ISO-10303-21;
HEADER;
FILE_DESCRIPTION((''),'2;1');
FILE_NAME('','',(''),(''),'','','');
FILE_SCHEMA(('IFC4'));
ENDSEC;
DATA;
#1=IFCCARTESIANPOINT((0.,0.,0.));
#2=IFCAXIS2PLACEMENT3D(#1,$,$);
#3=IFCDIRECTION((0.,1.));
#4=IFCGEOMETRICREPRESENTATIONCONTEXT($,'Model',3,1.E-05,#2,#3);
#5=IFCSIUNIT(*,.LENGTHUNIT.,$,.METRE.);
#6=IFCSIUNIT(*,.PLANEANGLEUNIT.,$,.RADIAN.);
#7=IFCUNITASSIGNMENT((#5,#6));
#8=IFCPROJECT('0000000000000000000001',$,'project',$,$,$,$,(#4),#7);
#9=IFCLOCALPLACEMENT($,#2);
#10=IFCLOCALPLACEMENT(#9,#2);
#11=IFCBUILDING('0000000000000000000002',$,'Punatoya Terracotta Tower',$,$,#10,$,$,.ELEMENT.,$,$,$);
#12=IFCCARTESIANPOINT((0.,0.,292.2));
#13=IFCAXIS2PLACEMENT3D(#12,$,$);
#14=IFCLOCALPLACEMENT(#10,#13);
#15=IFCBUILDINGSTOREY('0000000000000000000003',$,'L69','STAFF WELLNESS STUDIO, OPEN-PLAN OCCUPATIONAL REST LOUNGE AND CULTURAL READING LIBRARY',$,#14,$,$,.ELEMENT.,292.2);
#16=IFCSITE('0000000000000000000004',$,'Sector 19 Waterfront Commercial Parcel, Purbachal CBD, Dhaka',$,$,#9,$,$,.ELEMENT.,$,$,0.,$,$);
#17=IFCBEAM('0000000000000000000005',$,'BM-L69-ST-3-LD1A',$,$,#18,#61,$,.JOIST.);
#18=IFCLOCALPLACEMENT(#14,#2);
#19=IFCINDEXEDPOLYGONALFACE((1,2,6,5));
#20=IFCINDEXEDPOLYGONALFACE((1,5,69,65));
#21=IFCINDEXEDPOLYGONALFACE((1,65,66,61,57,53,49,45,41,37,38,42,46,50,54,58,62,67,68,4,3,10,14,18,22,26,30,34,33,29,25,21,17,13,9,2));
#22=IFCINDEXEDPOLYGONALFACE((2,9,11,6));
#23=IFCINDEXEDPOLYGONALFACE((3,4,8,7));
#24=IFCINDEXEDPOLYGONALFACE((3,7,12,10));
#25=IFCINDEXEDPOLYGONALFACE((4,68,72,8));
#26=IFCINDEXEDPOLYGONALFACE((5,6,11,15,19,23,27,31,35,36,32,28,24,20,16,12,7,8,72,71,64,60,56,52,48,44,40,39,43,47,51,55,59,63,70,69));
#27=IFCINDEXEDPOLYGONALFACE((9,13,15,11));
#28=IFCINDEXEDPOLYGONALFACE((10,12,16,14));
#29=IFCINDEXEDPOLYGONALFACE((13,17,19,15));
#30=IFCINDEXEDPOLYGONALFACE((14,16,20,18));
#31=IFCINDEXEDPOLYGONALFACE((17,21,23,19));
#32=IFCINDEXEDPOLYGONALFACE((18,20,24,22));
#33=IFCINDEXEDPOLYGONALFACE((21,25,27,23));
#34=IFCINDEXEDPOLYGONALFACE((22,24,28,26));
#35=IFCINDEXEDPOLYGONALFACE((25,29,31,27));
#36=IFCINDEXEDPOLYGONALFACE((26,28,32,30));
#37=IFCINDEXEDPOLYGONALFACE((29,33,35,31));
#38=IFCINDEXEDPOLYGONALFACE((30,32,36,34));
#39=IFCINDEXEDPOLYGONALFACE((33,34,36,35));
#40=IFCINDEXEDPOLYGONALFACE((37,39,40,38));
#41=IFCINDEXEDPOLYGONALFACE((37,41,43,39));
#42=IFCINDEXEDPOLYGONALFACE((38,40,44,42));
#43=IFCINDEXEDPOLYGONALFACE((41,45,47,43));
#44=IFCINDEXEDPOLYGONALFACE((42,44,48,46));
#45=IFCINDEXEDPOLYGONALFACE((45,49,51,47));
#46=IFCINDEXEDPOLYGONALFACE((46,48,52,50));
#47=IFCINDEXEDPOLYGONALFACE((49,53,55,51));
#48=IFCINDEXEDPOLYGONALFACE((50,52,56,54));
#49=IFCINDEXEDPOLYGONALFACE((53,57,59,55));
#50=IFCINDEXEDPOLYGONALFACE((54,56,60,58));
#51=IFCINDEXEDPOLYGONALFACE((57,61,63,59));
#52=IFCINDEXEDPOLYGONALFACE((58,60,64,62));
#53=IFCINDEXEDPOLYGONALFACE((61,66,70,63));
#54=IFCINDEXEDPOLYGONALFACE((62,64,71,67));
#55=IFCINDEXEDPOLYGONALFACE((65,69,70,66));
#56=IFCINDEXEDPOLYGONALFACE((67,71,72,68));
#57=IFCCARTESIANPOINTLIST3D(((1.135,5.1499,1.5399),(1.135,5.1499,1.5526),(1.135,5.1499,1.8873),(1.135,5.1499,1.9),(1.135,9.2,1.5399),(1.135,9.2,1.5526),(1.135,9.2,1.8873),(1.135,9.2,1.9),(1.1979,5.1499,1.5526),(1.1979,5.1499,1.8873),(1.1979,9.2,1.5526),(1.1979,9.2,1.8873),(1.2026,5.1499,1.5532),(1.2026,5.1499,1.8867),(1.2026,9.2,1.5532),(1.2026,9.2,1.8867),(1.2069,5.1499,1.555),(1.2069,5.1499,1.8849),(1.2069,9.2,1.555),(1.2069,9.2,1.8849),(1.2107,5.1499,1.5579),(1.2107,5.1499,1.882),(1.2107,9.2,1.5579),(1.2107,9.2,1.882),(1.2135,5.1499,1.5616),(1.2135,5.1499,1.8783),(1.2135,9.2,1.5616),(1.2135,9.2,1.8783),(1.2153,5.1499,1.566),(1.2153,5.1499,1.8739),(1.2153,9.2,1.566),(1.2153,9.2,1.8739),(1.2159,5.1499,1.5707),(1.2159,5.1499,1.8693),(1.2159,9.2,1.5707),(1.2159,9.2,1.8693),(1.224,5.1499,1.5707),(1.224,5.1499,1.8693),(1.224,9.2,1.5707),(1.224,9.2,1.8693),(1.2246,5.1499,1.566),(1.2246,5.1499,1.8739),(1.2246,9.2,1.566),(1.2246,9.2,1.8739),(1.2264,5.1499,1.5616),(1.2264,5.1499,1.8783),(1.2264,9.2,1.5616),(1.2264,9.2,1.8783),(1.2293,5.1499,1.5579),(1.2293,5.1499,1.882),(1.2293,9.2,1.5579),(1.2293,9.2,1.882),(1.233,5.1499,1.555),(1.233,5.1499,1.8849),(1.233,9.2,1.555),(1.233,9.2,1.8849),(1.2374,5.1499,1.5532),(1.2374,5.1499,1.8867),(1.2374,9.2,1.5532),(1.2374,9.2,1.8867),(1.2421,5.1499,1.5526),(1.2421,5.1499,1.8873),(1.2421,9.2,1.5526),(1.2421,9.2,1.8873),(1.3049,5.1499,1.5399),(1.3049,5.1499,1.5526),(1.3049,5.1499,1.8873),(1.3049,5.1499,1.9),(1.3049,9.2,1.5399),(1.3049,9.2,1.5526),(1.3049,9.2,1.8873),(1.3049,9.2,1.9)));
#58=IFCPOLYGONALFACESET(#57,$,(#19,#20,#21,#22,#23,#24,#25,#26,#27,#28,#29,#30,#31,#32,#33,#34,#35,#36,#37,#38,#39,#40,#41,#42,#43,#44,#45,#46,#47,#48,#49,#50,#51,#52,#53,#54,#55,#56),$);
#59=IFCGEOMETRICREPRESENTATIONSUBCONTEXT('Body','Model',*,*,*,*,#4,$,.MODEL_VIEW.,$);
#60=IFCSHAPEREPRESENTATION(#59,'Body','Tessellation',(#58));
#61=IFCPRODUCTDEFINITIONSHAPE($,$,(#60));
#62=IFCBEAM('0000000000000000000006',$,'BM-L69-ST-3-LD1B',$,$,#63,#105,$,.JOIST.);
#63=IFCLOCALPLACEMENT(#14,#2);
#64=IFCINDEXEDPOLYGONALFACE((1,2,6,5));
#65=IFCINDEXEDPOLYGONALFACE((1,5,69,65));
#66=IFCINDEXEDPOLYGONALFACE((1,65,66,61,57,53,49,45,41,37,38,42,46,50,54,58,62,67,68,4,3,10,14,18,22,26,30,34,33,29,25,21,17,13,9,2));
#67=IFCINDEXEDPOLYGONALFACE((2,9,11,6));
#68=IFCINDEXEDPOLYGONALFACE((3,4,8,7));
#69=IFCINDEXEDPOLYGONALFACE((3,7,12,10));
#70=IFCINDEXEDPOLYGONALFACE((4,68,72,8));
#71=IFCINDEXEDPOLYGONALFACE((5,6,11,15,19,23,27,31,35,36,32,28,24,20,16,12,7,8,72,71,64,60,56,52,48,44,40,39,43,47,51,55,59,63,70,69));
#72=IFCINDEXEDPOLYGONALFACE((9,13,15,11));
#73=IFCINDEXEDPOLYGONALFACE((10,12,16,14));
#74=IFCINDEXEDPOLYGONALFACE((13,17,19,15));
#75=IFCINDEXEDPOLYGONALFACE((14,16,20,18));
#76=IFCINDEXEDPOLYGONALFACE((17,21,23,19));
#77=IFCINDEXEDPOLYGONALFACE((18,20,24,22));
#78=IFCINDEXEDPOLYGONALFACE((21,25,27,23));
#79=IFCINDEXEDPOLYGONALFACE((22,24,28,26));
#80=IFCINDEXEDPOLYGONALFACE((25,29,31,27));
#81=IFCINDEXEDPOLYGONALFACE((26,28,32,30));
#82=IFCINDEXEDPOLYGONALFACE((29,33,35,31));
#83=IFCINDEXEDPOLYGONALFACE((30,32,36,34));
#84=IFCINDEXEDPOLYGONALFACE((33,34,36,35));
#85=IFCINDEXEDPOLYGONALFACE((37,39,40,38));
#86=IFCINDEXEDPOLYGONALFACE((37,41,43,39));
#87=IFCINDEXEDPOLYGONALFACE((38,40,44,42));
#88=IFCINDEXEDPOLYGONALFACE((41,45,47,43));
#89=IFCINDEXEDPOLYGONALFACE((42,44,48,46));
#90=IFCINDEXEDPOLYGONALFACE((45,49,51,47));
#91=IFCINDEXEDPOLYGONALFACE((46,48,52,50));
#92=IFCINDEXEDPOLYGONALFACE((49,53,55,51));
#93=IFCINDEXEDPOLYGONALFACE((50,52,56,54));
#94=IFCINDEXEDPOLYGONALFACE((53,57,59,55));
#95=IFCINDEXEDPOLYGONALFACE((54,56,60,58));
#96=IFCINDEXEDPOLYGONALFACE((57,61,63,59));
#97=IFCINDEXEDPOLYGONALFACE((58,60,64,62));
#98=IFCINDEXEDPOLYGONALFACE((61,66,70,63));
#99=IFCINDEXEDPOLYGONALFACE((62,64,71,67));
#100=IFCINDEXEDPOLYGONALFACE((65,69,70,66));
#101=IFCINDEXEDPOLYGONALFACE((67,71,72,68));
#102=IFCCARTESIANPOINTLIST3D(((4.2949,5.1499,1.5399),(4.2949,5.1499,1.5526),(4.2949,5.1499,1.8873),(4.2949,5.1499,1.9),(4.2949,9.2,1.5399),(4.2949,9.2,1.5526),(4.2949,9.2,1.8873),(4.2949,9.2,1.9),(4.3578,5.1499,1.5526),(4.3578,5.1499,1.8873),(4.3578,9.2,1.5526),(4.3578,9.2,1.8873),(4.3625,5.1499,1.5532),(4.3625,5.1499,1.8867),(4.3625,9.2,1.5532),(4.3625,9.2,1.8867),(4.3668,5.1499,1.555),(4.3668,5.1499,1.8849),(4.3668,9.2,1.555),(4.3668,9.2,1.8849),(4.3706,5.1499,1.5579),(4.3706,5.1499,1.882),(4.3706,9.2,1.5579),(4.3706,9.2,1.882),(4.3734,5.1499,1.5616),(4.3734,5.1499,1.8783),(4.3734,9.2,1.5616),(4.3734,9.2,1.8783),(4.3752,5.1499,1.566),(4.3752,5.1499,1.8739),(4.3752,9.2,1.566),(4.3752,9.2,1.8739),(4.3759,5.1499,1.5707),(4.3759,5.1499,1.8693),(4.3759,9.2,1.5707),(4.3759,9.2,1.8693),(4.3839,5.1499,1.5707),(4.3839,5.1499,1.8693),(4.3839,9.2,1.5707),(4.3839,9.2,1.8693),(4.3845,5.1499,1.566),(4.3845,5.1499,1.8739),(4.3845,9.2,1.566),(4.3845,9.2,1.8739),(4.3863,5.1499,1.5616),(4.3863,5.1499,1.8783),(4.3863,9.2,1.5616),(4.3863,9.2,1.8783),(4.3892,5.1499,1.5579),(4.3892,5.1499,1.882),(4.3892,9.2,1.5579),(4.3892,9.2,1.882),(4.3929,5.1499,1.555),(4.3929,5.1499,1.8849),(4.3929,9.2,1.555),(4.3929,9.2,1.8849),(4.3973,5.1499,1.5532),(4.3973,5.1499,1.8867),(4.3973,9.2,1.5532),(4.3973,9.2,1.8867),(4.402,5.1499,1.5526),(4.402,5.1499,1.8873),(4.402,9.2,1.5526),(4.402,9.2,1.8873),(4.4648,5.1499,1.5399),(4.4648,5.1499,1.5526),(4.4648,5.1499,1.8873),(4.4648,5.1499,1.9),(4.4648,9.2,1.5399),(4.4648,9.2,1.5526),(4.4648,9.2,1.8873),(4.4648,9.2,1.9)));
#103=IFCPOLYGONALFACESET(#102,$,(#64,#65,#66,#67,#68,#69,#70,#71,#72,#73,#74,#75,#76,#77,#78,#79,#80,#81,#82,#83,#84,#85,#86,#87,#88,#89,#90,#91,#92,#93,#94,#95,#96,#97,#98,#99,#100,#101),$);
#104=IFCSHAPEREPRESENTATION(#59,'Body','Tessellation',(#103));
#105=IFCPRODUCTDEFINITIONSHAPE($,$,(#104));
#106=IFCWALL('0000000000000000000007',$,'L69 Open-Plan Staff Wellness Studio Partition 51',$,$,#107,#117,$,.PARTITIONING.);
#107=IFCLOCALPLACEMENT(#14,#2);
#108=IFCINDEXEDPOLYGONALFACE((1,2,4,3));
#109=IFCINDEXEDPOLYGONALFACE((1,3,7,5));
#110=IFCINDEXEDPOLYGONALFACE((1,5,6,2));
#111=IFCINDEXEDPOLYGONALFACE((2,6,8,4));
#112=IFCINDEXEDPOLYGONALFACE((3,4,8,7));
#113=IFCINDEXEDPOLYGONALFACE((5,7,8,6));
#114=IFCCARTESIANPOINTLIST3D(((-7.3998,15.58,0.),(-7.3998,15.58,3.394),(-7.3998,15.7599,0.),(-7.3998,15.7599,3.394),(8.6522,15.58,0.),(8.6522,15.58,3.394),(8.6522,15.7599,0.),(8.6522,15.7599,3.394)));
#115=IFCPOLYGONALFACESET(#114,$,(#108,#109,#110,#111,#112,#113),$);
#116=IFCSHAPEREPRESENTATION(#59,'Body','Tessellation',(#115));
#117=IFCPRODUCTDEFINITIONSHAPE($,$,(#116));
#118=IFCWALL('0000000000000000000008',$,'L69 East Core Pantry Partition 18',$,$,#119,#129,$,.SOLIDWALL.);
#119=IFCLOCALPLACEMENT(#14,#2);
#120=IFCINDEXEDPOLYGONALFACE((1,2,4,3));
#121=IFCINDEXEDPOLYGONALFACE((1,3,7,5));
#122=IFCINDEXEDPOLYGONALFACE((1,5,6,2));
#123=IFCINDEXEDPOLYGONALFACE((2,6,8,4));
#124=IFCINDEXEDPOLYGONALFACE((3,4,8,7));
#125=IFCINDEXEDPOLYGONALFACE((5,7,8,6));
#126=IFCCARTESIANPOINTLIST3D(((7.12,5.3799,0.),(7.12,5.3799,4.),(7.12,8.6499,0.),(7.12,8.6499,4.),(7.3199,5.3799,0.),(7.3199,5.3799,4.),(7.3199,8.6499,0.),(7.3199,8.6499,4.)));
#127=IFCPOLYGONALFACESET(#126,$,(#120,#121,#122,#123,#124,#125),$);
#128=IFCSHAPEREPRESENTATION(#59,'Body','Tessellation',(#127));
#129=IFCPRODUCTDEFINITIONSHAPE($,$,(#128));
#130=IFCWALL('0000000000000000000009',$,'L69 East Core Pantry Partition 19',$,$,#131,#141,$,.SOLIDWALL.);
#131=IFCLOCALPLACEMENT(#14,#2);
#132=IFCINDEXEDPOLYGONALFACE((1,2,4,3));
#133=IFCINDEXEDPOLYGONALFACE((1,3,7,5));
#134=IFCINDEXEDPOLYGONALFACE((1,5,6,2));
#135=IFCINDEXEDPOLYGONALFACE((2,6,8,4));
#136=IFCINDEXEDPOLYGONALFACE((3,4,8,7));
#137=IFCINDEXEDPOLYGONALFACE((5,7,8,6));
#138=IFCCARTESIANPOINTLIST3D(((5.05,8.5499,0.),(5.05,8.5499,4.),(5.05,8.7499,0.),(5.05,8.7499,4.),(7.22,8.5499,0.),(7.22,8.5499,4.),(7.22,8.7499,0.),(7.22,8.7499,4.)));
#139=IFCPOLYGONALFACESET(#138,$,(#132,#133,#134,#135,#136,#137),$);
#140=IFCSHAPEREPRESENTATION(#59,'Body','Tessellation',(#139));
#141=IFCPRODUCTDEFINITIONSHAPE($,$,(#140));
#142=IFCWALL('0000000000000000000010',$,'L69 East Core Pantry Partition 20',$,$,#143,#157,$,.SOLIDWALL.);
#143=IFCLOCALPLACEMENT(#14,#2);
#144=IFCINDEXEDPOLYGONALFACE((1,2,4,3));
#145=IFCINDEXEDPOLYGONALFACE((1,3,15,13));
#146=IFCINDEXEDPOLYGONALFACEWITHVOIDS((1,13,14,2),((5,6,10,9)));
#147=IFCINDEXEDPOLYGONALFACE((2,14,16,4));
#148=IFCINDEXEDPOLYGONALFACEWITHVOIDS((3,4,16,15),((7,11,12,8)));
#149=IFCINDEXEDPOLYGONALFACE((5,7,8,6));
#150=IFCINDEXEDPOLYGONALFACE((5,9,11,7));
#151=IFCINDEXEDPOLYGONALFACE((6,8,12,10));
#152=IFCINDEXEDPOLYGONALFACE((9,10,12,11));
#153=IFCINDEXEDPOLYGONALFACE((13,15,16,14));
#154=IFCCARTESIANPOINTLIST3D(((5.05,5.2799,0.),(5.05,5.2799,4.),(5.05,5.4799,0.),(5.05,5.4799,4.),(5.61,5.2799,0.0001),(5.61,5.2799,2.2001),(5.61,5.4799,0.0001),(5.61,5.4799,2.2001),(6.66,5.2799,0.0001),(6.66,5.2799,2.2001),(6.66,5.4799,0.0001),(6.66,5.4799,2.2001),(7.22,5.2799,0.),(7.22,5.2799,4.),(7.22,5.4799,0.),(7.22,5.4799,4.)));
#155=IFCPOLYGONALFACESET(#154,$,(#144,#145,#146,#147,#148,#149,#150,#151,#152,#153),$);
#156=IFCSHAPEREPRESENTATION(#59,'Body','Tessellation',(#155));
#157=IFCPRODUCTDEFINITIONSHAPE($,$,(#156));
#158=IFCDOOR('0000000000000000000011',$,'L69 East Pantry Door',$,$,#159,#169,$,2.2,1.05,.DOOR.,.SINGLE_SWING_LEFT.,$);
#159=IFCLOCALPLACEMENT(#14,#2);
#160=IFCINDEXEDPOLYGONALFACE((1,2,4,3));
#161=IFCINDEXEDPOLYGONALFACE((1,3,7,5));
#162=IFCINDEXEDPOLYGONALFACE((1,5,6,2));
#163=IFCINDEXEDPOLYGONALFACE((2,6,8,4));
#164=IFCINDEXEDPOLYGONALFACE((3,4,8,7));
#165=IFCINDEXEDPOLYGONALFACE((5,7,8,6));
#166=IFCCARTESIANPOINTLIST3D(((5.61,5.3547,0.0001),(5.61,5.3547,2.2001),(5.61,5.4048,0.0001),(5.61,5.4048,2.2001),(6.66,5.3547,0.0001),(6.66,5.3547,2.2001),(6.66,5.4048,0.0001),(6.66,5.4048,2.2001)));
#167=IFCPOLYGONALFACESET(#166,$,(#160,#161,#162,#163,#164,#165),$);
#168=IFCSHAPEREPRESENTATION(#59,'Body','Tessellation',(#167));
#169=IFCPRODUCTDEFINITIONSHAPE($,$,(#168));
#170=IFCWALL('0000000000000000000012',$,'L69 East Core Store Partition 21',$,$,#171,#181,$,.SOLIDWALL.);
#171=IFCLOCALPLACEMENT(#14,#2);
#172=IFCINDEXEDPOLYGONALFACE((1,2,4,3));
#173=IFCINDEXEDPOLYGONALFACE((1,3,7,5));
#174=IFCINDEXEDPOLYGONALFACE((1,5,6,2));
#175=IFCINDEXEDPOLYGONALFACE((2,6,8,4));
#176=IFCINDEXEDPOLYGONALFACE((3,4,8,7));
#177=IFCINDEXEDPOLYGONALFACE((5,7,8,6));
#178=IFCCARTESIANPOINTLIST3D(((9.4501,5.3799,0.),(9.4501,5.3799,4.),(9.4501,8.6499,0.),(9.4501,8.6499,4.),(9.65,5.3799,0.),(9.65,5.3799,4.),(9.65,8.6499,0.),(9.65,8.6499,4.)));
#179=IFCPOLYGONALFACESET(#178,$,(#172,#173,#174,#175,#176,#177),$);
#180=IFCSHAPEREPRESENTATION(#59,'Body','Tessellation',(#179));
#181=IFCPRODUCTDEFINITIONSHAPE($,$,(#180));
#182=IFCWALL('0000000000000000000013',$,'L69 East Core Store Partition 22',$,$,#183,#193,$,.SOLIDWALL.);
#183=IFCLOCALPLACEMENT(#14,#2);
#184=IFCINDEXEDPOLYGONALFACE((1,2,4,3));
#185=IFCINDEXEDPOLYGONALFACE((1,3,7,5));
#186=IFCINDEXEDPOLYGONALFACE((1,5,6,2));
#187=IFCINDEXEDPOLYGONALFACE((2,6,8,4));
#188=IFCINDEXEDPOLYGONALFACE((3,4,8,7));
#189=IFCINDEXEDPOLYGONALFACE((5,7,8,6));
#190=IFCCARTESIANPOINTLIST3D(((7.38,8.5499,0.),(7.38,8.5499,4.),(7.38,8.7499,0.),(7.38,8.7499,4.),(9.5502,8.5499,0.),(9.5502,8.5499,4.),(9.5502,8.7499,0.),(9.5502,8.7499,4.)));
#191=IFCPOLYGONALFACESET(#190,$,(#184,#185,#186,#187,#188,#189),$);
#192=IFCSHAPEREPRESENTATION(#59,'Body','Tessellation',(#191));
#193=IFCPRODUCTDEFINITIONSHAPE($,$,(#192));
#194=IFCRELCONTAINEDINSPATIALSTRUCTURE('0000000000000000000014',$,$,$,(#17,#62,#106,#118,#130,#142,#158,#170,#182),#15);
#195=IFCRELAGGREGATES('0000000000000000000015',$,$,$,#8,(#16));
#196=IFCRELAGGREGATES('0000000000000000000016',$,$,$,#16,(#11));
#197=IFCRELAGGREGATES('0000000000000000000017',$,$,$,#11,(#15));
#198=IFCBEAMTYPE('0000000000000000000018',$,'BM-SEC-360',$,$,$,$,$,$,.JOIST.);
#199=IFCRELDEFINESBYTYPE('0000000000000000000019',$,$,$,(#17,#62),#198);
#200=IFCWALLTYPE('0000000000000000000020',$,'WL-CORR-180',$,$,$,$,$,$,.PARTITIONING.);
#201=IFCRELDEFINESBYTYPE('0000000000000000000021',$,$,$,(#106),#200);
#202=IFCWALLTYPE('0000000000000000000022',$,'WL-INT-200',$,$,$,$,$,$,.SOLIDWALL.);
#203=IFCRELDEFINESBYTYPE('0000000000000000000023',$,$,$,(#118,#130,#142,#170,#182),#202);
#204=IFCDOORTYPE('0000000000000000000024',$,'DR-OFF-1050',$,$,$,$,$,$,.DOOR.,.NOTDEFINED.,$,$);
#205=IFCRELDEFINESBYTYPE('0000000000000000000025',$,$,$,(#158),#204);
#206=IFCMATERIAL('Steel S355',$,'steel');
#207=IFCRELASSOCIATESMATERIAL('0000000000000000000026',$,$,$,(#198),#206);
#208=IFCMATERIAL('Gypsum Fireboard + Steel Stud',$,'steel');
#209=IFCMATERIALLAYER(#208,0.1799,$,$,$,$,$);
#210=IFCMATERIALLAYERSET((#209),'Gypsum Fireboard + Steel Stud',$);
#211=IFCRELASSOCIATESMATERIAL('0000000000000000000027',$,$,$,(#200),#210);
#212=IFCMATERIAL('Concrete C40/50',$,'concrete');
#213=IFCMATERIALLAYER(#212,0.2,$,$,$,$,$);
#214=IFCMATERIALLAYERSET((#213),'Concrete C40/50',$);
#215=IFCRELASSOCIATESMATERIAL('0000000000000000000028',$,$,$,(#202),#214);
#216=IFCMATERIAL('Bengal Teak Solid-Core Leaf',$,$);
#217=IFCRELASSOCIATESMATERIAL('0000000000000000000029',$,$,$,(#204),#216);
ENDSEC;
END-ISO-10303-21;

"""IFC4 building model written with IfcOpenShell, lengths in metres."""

from ifc_helpers import new_model, si_unit, direction, frame, frame_2d, origin, origin_2d, place, context, subcontext, project, spatial, rectangle, i_section, extrude, material, layer, layer_set, material_profile, profile_set, type_object, element, fill, save


model = new_model("IFC4")

# Units and contexts
model_context = context("Model", 3, precision=1e-05, world=origin(), true_north=direction((0.0, 1.0)))
body_context = subcontext(model_context, "Body", "Model", "MODEL_VIEW")
ifc_project = project(units=[si_unit("LENGTHUNIT", "METRE"), si_unit("PLANEANGLEUNIT", "RADIAN")], contexts=[model_context])

# Site, building, storey
site_placement = place(None, origin())
site = spatial("IfcSite", under=ifc_project, at=site_placement, Name="Sector 19 Waterfront Commercial Parcel, Purbachal CBD, Dhaka", CompositionType="ELEMENT", RefElevation=0.0)
building_placement = place(site_placement, origin())
building = spatial("IfcBuilding", under=site, at=building_placement, Name="Punatoya Terracotta Tower", CompositionType="ELEMENT")
storey_placement = place(building_placement, frame((0.0, 0.0, 292.2)))
storey = spatial("IfcBuildingStorey", under=building, at=storey_placement, Name="L69", Description="STAFF WELLNESS STUDIO, OPEN-PLAN OCCUPATIONAL REST LOUNGE AND CULTURAL READING LIBRARY", CompositionType="ELEMENT", Elevation=292.2)

# Beams
ifc_material_1 = material(Name="Steel S355", Category="steel")
ifc_material_profile_1 = material_profile(ifc_material_1, i_section(OverallWidth=0.1699, OverallDepth=0.3601, WebThickness=0.0081, FlangeThickness=0.0127, FilletRadius=0.0181, at=origin_2d()))
ifc_profile_set_1 = profile_set([ifc_material_profile_1], Name="Steel S355")
beam_type_1 = type_object("IfcBeamType", Name="BM-SEC-360", PredefinedType="JOIST", material=ifc_profile_set_1)
for number, where, z_axis, x_axis, name in (
    (1, (1.22, 5.1499, 1.72), (0.0, 1.0, 0.0), (-1.0, 0.0, 0.0), "BM-L69-ST-3-LD1A"),
    (2, (4.3799, 5.1499, 1.72), (0.0, 1.0, 0.0), (-1.0, 0.0, 0.0), "BM-L69-ST-3-LD1B"),
):
    element("IfcBeam", number, at=place(storey_placement, frame(where, z_axis=z_axis, x_axis=x_axis)), inside=storey, type_object=beam_type_1, Name=name, PredefinedType="JOIST", context=body_context, shape_type="SweptSolid", body=[
        extrude(i_section(OverallWidth=0.1699, OverallDepth=0.3601, WebThickness=0.0081, FlangeThickness=0.0127, FilletRadius=0.0181, at=origin_2d()), origin(), (0.0, 0.0, 1.0), 4.05),
    ])

# Walls
ifc_material_2 = material(Name="Gypsum Fireboard + Steel Stud", Category="steel")
ifc_layer_1 = layer(ifc_material_2, 0.1799)
ifc_layer_set_1 = layer_set([ifc_layer_1], Name="Gypsum Fireboard + Steel Stud")
wall_type_1 = type_object("IfcWallType", Name="WL-CORR-180", PredefinedType="PARTITIONING", material=ifc_layer_set_1)
wall_1_placement = place(storey_placement, frame((8.6521, 15.6699, 0.0), z_axis=(0.0, 0.0, 1.0), x_axis=(-1.0, 0.0, 0.0)))
element("IfcWall", 3, at=wall_1_placement, inside=storey, type_object=wall_type_1, Name="L69 Open-Plan Staff Wellness Studio Partition 51", PredefinedType="PARTITIONING", context=body_context, shape_type="SweptSolid", body=[
    extrude(rectangle(XDim=16.052, YDim=0.1799, at=frame_2d((8.0259, 0.0))), origin(), (0.0, 0.0, 1.0), 3.394),
])
ifc_material_3 = material(Name="Concrete C40/50", Category="concrete")
ifc_layer_2 = layer(ifc_material_3, 0.2)
ifc_layer_set_2 = layer_set([ifc_layer_2], Name="Concrete C40/50")
wall_type_2 = type_object("IfcWallType", Name="WL-INT-200", PredefinedType="SOLIDWALL", material=ifc_layer_set_2)
wall_2_placement = place(storey_placement, frame((7.22, 5.3799, 0.0), z_axis=(0.0, 0.0, 1.0), x_axis=(0.0, 1.0, 0.0)))
element("IfcWall", 4, at=wall_2_placement, inside=storey, type_object=wall_type_2, Name="L69 East Core Pantry Partition 18", PredefinedType="SOLIDWALL", context=body_context, shape_type="SweptSolid", body=[
    extrude(rectangle(XDim=3.27, YDim=0.2, at=frame_2d((1.635, 0.0))), origin(), (0.0, 0.0, 1.0), 4.0),
])
wall_3_placement = place(storey_placement, frame((7.22, 8.6499, 0.0), z_axis=(0.0, 0.0, 1.0), x_axis=(-1.0, 0.0, 0.0)))
element("IfcWall", 5, at=wall_3_placement, inside=storey, type_object=wall_type_2, Name="L69 East Core Pantry Partition 19", PredefinedType="SOLIDWALL", context=body_context, shape_type="SweptSolid", body=[
    extrude(rectangle(XDim=2.1699, YDim=0.2, at=frame_2d((1.085, 0.0))), origin(), (0.0, 0.0, 1.0), 4.0),
])

# Wall, opening, door
wall_4_placement = place(storey_placement, frame((5.05, 5.3799, 0.0), z_axis=(0.0, 0.0, 1.0), x_axis=(1.0, 0.0, 0.0)))
wall_4 = element("IfcWall", 6, at=wall_4_placement, inside=storey, type_object=wall_type_2, Name="L69 East Core Pantry Partition 20", PredefinedType="SOLIDWALL", context=body_context, shape_type="SweptSolid", body=[
    extrude(rectangle(XDim=2.1699, YDim=0.2, at=frame_2d((1.085, 0.0))), origin(), (0.0, 0.0, 1.0), 4.0),
])
opening_1_placement = place(wall_4_placement, frame((0.5601, 0.0, 0.0)))
opening_1 = element("IfcOpeningElement", 7, at=opening_1_placement, cuts=wall_4, PredefinedType="OPENING", context=body_context, shape_type="SweptSolid", body=[
    extrude(rectangle(XDim=1.05, YDim=2.2, at=frame_2d((0.5249, 1.1001))), frame((0.0, 0.1099, 0.0), z_axis=(0.0, -1.0, 0.0), x_axis=(1.0, 0.0, 0.0)), (0.0, 0.0, 1.0), 0.22),
])
ifc_material_4 = material(Name="Bengal Teak Solid-Core Leaf")
door_type_1 = type_object("IfcDoorType", Name="DR-OFF-1050", OperationType="NOTDEFINED", PredefinedType="DOOR", material=ifc_material_4)
door_1_placement = place(opening_1_placement, origin())
door_1 = element("IfcDoor", 8, at=door_1_placement, inside=storey, type_object=door_type_1, Name="L69 East Pantry Door", OperationType="SINGLE_SWING_LEFT", OverallHeight=2.2, OverallWidth=1.05, PredefinedType="DOOR", context=body_context, shape_type="SweptSolid", body=[
    extrude(rectangle(XDim=1.05, YDim=2.2, at=frame_2d((0.5249, 1.1001))), frame((0.0, 0.0249, 0.0), z_axis=(0.0, -1.0, 0.0), x_axis=(1.0, 0.0, 0.0)), (0.0, 0.0, 1.0), 0.05),
])
fill(opening_1, door_1)

# Walls
wall_5_placement = place(storey_placement, frame((9.55, 5.3799, 0.0), z_axis=(0.0, 0.0, 1.0), x_axis=(0.0, 1.0, 0.0)))
element("IfcWall", 9, at=wall_5_placement, inside=storey, type_object=wall_type_2, Name="L69 East Core Store Partition 21", PredefinedType="SOLIDWALL", context=body_context, shape_type="SweptSolid", body=[
    extrude(rectangle(XDim=3.27, YDim=0.2, at=frame_2d((1.635, 0.0))), origin(), (0.0, 0.0, 1.0), 4.0),
])
wall_6_placement = place(storey_placement, frame((9.55, 8.6499, 0.0), z_axis=(0.0, 0.0, 1.0), x_axis=(-1.0, 0.0, 0.0)))
element("IfcWall", 10, at=wall_6_placement, inside=storey, type_object=wall_type_2, Name="L69 East Core Store Partition 22", PredefinedType="SOLIDWALL", context=body_context, shape_type="SweptSolid", body=[
    extrude(rectangle(XDim=2.1702, YDim=0.2, at=frame_2d((1.085, 0.0))), origin(), (0.0, 0.0, 1.0), 4.0),
])

save(model, "model.ifc")
